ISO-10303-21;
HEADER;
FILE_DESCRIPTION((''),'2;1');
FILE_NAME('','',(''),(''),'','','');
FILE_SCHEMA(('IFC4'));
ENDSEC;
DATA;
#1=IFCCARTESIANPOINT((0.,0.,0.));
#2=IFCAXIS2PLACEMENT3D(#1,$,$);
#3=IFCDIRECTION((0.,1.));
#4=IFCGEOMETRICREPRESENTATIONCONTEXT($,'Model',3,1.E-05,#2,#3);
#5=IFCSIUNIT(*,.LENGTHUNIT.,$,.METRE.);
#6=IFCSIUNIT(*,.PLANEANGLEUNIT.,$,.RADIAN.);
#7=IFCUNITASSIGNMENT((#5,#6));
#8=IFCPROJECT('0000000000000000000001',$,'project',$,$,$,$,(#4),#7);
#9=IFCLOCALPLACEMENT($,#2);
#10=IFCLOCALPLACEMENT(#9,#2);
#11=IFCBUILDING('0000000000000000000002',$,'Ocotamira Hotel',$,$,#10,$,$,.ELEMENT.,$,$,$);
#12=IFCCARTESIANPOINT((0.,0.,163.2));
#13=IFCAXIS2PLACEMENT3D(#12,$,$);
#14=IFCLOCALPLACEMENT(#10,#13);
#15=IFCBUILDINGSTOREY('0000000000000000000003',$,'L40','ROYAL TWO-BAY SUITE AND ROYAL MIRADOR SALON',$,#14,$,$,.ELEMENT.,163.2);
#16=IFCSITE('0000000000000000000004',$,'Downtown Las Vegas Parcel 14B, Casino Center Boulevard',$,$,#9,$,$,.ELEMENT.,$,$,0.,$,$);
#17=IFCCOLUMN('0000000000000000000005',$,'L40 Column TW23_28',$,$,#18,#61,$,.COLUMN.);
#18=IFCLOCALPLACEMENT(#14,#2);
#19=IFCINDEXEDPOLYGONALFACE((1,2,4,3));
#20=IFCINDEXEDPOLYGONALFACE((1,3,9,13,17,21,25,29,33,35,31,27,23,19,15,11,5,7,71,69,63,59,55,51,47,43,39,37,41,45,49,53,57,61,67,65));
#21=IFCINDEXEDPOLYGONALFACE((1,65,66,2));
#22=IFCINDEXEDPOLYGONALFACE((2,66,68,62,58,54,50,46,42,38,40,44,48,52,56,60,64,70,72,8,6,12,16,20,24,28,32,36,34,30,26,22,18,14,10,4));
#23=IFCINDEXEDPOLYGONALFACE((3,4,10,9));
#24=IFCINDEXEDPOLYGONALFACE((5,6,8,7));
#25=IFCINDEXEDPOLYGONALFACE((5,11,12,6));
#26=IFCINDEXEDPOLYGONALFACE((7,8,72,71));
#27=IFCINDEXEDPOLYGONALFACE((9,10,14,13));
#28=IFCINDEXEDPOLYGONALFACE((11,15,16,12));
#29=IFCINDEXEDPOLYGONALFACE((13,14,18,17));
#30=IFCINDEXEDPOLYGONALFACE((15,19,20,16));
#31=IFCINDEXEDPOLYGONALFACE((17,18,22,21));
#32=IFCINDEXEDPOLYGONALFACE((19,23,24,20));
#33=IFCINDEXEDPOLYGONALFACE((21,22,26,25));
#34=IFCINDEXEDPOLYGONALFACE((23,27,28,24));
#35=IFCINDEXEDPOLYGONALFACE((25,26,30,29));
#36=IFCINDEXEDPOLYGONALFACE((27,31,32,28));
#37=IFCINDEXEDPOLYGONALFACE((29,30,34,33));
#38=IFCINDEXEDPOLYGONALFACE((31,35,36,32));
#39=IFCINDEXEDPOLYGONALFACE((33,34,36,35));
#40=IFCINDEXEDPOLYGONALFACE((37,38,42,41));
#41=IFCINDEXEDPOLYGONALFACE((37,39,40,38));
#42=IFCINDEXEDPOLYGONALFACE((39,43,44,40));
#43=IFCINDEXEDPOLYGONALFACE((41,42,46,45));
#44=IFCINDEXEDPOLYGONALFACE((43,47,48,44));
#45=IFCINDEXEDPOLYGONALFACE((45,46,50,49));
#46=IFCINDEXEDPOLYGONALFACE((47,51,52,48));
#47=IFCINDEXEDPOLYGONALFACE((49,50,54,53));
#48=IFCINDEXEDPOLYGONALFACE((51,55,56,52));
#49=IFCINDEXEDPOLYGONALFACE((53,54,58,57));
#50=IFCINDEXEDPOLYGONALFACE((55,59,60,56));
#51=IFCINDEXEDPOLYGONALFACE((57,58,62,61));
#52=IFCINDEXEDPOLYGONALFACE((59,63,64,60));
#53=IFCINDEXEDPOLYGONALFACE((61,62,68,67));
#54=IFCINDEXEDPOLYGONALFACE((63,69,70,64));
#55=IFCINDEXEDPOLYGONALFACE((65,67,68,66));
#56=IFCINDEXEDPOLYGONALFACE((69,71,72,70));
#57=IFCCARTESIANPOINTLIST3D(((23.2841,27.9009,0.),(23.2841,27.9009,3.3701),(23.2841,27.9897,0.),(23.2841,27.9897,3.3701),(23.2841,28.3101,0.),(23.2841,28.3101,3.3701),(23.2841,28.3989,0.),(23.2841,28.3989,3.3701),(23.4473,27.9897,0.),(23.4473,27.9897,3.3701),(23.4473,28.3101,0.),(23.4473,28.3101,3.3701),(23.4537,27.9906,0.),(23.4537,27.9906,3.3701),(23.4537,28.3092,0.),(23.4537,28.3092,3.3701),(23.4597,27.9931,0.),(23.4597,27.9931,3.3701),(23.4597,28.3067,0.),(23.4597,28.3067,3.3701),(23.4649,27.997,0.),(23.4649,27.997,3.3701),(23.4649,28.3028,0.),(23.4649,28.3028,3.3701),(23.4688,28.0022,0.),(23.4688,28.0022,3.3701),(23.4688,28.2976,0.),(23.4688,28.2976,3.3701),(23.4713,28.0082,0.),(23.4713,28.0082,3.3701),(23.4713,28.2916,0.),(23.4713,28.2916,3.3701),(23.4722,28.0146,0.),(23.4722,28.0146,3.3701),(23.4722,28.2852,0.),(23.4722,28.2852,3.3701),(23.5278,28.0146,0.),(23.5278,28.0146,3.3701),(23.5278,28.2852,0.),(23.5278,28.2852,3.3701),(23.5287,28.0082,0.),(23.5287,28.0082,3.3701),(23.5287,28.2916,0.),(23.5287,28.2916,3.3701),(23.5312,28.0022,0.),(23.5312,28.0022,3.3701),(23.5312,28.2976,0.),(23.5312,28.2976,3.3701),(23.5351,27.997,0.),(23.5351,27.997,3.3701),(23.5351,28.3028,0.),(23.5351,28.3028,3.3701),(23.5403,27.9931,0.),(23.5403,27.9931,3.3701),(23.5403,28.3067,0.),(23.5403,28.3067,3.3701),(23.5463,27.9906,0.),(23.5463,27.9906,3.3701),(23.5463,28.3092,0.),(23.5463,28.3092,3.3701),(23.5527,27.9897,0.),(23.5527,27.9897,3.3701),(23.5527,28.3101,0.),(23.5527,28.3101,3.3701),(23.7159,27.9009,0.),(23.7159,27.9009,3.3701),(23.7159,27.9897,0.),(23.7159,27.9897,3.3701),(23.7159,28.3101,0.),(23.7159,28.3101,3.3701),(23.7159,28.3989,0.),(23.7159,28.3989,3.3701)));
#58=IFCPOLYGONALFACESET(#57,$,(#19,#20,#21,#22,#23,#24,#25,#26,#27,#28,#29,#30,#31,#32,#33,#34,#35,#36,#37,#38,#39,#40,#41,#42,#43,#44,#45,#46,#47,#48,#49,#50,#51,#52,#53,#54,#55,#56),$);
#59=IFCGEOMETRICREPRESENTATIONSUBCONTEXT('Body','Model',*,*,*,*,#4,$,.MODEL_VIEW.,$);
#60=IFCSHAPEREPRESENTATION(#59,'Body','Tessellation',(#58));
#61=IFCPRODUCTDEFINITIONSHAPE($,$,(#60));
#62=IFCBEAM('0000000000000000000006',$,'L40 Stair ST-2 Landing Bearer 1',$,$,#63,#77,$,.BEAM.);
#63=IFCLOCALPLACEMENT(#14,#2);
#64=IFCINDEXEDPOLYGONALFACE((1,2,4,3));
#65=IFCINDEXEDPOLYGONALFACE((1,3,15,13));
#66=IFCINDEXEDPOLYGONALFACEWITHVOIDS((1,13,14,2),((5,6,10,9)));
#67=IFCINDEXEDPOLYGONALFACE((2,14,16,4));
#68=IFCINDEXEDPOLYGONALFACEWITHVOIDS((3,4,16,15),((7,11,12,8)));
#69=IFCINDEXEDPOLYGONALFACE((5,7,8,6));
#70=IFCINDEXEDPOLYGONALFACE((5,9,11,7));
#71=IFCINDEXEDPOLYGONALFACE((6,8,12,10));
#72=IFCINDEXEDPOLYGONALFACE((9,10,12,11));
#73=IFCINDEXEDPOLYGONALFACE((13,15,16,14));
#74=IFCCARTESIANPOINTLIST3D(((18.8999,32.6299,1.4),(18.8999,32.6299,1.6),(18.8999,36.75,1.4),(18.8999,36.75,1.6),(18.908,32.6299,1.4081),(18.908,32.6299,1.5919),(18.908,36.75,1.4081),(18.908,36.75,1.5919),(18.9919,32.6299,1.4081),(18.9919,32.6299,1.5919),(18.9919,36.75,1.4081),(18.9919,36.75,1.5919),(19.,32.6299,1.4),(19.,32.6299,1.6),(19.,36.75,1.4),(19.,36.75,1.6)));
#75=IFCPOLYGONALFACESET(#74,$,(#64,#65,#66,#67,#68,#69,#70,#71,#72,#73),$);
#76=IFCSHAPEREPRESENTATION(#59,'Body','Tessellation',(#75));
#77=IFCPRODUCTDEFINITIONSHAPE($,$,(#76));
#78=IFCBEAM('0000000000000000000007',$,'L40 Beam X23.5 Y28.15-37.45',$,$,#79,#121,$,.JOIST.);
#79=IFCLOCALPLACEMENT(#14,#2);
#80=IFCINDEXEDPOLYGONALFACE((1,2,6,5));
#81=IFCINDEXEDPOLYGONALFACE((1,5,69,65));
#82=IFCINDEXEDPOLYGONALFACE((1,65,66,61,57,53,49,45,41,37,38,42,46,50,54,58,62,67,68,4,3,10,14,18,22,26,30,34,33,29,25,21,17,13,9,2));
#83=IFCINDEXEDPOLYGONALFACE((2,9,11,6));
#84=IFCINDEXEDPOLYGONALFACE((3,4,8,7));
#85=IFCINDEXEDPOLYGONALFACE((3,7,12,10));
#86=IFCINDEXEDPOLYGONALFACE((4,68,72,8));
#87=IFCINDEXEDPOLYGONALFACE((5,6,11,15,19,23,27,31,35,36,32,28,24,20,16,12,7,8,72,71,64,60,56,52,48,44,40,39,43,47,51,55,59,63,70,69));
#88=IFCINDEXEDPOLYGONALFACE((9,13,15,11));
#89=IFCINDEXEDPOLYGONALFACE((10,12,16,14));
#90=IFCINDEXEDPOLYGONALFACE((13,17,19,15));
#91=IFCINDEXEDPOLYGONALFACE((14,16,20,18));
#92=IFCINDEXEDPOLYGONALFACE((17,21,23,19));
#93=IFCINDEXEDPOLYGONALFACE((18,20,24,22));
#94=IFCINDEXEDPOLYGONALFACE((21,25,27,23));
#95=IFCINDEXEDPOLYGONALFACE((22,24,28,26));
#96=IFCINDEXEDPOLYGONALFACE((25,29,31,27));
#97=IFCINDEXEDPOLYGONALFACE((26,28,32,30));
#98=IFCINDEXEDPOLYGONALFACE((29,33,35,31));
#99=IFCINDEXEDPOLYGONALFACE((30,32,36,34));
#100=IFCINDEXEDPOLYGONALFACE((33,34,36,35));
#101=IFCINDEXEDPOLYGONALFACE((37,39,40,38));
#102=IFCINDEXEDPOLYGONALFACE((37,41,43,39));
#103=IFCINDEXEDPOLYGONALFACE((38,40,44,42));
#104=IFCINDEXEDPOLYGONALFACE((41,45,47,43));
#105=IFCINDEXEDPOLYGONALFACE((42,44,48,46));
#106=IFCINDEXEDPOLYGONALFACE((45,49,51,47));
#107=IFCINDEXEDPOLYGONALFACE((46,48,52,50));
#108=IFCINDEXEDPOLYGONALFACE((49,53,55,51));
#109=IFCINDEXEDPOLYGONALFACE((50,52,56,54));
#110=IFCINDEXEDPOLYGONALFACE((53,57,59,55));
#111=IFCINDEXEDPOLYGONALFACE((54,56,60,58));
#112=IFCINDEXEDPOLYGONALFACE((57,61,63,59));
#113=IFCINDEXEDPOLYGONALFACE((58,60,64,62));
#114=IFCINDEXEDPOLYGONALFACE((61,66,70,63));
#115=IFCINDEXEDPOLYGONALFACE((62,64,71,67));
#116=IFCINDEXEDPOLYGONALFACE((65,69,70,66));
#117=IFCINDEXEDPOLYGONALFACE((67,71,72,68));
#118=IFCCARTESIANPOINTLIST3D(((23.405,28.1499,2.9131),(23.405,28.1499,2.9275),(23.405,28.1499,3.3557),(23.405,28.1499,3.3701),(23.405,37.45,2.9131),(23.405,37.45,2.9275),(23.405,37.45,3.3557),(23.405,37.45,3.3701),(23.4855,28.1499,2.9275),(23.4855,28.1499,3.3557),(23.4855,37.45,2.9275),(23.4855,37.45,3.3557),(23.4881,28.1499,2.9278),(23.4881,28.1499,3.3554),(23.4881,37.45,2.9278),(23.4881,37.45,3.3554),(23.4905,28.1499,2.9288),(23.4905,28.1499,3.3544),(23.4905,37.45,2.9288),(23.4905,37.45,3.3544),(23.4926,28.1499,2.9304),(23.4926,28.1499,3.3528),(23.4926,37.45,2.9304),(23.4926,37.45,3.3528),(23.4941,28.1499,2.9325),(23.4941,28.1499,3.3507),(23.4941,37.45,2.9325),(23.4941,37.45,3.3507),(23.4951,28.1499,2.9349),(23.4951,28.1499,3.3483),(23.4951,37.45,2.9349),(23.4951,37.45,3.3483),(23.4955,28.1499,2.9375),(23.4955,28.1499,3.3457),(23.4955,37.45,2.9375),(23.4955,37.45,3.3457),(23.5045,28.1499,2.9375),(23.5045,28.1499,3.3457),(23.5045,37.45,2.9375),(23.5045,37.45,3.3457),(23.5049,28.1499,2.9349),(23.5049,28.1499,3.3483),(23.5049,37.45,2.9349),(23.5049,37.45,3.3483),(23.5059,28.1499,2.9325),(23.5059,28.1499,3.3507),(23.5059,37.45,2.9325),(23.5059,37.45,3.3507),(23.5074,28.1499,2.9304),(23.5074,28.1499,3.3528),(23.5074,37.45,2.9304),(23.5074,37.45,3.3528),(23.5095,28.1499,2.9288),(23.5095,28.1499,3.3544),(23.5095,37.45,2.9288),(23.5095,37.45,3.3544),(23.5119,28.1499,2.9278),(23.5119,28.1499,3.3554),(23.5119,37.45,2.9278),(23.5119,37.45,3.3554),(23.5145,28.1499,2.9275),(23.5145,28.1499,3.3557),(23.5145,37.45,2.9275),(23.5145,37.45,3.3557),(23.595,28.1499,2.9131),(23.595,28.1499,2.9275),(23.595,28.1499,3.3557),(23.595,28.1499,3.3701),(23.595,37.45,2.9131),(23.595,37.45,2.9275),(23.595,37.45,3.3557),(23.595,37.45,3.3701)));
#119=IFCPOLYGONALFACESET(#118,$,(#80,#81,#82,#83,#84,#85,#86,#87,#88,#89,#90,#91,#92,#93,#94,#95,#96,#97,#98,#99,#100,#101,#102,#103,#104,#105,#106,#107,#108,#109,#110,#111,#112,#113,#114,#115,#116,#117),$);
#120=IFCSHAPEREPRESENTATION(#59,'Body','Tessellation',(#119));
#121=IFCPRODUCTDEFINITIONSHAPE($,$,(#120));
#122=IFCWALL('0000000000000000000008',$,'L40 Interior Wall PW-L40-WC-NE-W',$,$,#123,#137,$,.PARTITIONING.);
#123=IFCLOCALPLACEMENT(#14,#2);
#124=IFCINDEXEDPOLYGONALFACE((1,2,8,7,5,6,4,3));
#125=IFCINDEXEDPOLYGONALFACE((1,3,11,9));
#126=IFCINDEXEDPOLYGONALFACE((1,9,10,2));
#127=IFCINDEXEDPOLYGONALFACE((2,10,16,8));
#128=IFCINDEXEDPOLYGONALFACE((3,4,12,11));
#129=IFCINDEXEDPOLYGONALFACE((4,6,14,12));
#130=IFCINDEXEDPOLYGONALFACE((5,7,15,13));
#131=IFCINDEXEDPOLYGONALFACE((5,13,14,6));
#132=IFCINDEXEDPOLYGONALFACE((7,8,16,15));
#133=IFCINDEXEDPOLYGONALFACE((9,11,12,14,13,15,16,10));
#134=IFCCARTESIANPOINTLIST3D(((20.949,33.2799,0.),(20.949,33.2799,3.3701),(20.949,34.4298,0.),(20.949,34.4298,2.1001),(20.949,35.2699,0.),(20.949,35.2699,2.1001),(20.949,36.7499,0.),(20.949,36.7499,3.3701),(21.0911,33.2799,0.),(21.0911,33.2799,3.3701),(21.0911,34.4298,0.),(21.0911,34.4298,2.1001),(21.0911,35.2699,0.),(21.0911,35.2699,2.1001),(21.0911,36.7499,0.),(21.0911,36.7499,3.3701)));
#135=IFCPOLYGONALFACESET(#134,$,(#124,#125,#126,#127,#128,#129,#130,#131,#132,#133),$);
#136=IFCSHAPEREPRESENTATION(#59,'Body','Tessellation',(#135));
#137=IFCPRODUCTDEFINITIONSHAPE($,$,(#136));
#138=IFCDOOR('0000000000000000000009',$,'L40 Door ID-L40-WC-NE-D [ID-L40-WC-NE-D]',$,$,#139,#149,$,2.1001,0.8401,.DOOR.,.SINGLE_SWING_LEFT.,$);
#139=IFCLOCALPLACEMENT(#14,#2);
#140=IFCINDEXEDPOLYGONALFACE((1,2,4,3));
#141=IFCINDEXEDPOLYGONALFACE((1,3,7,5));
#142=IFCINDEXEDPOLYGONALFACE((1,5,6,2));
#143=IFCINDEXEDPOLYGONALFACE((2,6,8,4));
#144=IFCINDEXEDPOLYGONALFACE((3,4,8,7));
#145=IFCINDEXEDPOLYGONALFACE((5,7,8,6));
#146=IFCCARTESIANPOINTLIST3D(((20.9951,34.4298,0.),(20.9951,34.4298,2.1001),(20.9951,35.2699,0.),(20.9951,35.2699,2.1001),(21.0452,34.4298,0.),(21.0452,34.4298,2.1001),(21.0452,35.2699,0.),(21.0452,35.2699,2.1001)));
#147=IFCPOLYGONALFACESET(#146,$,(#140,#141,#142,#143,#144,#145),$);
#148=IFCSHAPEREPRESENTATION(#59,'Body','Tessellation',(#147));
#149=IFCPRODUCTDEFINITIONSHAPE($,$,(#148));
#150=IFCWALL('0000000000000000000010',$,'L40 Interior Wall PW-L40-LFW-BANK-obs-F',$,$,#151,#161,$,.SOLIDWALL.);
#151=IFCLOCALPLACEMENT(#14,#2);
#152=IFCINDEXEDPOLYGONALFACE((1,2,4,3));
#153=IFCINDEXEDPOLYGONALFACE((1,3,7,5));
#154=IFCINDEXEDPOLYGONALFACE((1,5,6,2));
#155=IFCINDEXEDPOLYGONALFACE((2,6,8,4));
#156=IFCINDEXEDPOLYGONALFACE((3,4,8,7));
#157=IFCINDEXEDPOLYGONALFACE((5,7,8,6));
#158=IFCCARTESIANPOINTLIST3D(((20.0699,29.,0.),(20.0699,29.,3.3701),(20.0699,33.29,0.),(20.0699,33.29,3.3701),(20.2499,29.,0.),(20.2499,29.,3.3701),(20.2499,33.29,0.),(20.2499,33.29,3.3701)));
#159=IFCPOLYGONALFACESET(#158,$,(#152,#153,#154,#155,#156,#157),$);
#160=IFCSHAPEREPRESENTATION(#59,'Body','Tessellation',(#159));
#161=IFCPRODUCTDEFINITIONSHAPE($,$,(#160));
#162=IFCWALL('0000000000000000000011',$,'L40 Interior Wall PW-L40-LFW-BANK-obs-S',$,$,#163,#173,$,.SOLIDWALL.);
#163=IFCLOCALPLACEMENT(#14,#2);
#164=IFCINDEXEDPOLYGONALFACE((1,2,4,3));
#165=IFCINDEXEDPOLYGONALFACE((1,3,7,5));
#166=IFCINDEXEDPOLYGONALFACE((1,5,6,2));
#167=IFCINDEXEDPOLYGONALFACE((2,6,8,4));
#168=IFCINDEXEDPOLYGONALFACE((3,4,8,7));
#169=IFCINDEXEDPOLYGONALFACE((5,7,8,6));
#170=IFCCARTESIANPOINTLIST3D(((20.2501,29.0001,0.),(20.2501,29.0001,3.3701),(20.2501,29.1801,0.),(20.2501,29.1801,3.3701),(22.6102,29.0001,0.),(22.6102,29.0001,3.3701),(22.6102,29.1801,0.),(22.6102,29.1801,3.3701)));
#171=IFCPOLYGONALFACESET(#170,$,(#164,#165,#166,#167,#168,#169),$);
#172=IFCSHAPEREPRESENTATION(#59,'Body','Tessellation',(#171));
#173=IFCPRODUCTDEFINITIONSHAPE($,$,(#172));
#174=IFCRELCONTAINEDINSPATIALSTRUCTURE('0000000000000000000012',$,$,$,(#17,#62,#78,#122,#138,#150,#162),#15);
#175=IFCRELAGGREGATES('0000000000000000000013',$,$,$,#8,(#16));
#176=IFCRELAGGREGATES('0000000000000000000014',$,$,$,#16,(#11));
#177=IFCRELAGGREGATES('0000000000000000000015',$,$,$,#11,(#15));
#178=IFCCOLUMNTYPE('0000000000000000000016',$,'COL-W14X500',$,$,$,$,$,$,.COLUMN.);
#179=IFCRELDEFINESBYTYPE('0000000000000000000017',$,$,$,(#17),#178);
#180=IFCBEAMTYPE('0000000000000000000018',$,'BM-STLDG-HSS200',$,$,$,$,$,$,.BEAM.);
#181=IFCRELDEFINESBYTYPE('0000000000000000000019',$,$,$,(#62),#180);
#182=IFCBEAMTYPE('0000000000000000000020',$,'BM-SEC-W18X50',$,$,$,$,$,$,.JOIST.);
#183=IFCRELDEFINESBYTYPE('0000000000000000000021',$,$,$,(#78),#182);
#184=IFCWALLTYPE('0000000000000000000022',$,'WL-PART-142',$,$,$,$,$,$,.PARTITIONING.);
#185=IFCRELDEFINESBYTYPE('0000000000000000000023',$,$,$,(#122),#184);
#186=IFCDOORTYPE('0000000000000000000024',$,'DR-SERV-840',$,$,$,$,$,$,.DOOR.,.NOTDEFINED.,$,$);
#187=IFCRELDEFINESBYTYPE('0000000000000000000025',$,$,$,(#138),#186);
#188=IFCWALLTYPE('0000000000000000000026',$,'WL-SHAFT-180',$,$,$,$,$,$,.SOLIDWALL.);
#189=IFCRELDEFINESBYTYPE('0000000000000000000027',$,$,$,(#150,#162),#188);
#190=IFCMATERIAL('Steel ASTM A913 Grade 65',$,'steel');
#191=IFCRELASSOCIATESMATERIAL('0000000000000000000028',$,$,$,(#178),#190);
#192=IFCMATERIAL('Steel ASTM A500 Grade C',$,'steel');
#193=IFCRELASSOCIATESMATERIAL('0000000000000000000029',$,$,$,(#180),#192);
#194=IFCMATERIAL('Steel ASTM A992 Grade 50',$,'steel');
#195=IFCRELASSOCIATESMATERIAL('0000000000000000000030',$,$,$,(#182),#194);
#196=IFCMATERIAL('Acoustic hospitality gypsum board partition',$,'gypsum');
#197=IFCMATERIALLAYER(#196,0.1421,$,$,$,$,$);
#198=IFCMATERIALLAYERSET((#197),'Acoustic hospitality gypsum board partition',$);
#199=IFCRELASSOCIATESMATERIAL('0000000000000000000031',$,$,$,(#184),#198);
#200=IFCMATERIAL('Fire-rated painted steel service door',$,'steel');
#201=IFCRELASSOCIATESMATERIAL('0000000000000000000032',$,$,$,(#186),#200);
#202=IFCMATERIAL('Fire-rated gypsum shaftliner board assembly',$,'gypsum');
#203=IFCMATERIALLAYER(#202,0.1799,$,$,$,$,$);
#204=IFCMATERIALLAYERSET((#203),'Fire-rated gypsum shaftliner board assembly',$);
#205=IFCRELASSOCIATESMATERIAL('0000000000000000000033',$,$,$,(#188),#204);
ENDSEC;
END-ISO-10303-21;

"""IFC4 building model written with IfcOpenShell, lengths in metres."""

from ifc_helpers import new_model, si_unit, direction, frame, frame_2d, origin, origin_2d, place, context, subcontext, project, spatial, rectangle, hollow_rectangle, i_section, extrude, source, transform, mapped, material, layer, layer_set, material_profile, profile_set, type_object, element, fill, save


model = new_model("IFC4")

# Units and contexts
model_context = context("Model", 3, precision=1e-05, world=origin(), true_north=direction((0.0, 1.0)))
body_context = subcontext(model_context, "Body", "Model", "MODEL_VIEW")
ifc_project = project(units=[si_unit("LENGTHUNIT", "METRE"), si_unit("PLANEANGLEUNIT", "RADIAN")], contexts=[model_context])

# Site, building, storey
site_placement = place(None, origin())
site = spatial("IfcSite", under=ifc_project, at=site_placement, Name="Downtown Las Vegas Parcel 14B, Casino Center Boulevard", CompositionType="ELEMENT", RefElevation=0.0)
building_placement = place(site_placement, origin())
building = spatial("IfcBuilding", under=site, at=building_placement, Name="Ocotamira Hotel", CompositionType="ELEMENT")
storey_placement = place(building_placement, frame((0.0, 0.0, 163.2)))
storey = spatial("IfcBuildingStorey", under=building, at=storey_placement, Name="L40", Description="ROYAL TWO-BAY SUITE AND ROYAL MIRADOR SALON", CompositionType="ELEMENT", Elevation=163.2)

# Column
ifc_material_1 = material(Name="Steel ASTM A913 Grade 65", Category="steel")
ifc_material_profile_1 = material_profile(ifc_material_1, i_section(OverallWidth=0.4319, OverallDepth=0.498, WebThickness=0.0557, FlangeThickness=0.0889, FilletRadius=0.0249, at=origin_2d()), Name="W14X500")
ifc_profile_set_1 = profile_set([ifc_material_profile_1], Name="Steel ASTM A913 Grade 65")
column_type = type_object("IfcColumnType", Name="COL-W14X500", PredefinedType="COLUMN", material=ifc_profile_set_1)
shared_shape_1 = source(origin(), body_context, "Body", "SweptSolid", [
    extrude(i_section(OverallWidth=0.4319, OverallDepth=0.498, WebThickness=0.0557, FlangeThickness=0.0889, FilletRadius=0.0249, at=origin_2d()), origin(), (0.0, 0.0, 1.0), 3.3701),
])
column_placement = place(storey_placement, frame((23.5, 28.1499, 0.0), z_axis=(0.0, 0.0, 1.0), x_axis=(1.0, 0.0, 0.0)))
element("IfcColumn", 1, at=column_placement, inside=storey, type_object=column_type, Name="L40 Column TW23_28", PredefinedType="COLUMN", context=body_context, shape_type="MappedRepresentation", body=[
    mapped(shared_shape_1, transform((0.0, 0.0, 0.0), scale=1.0)),
])

# Beams
ifc_material_2 = material(Name="Steel ASTM A500 Grade C", Category="steel")
ifc_material_profile_2 = material_profile(ifc_material_2, hollow_rectangle(XDim=0.1001, YDim=0.2, WallThickness=0.0081, at=origin_2d()), Name="HSS200X100X8")
ifc_profile_set_2 = profile_set([ifc_material_profile_2], Name="Steel ASTM A500 Grade C")
beam_type_1 = type_object("IfcBeamType", Name="BM-STLDG-HSS200", PredefinedType="BEAM", material=ifc_profile_set_2)
shared_shape_2 = source(origin(), body_context, "Body", "SweptSolid", [
    extrude(hollow_rectangle(XDim=0.1001, YDim=0.2, WallThickness=0.0081, at=origin_2d()), origin(), (0.0, 0.0, 1.0), 4.1201),
])
beam_1_placement = place(storey_placement, frame((18.95, 32.6299, 1.5), z_axis=(0.0, 1.0, 0.0), x_axis=(-1.0, 0.0, 0.0)))
element("IfcBeam", 2, at=beam_1_placement, inside=storey, type_object=beam_type_1, Name="L40 Stair ST-2 Landing Bearer 1", PredefinedType="BEAM", context=body_context, shape_type="MappedRepresentation", body=[
    mapped(shared_shape_2, transform((0.0, 0.0, 0.0), scale=1.0)),
])
ifc_material_3 = material(Name="Steel ASTM A992 Grade 50", Category="steel")
ifc_material_profile_3 = material_profile(ifc_material_3, i_section(OverallWidth=0.1899, OverallDepth=0.457, WebThickness=0.009, FlangeThickness=0.0144, FilletRadius=0.01, at=origin_2d()), Name="W18X50")
ifc_profile_set_3 = profile_set([ifc_material_profile_3], Name="Steel ASTM A992 Grade 50")
beam_type_2 = type_object("IfcBeamType", Name="BM-SEC-W18X50", PredefinedType="JOIST", material=ifc_profile_set_3)
shared_shape_3 = source(origin(), body_context, "Body", "SweptSolid", [
    extrude(i_section(OverallWidth=0.1899, OverallDepth=0.457, WebThickness=0.009, FlangeThickness=0.0144, FilletRadius=0.01, at=origin_2d()), origin(), (0.0, 0.0, 1.0), 9.3),
])
beam_2_placement = place(storey_placement, frame((23.5, 28.1499, 3.1416), z_axis=(0.0, 1.0, 0.0), x_axis=(-1.0, 0.0, 0.0)))
element("IfcBeam", 3, at=beam_2_placement, inside=storey, type_object=beam_type_2, Name="L40 Beam X23.5 Y28.15-37.45", PredefinedType="JOIST", context=body_context, shape_type="MappedRepresentation", body=[
    mapped(shared_shape_3, transform((0.0, 0.0, 0.0), scale=1.0)),
])

# Wall, opening, door
ifc_material_4 = material(Name="Acoustic hospitality gypsum board partition", Category="gypsum")
ifc_layer_1 = layer(ifc_material_4, 0.1421)
ifc_layer_set_1 = layer_set([ifc_layer_1], Name="Acoustic hospitality gypsum board partition")
wall_type_1 = type_object("IfcWallType", Name="WL-PART-142", PredefinedType="PARTITIONING", material=ifc_layer_set_1)
wall_1_placement = place(storey_placement, frame((21.02, 33.28, 0.0), z_axis=(0.0, 0.0, 1.0), x_axis=(0.0, 1.0, 0.0)))
wall_1 = element("IfcWall", 4, at=wall_1_placement, inside=storey, type_object=wall_type_1, Name="L40 Interior Wall PW-L40-WC-NE-W", PredefinedType="PARTITIONING", context=body_context, shape_type="SweptSolid", body=[
    extrude(rectangle(XDim=3.47, YDim=0.1421, at=frame_2d((1.7349, 0.0))), origin(), (0.0, 0.0, 1.0), 3.3701),
])
opening_1_placement = place(wall_1_placement, frame((1.1499, 0.0, 0.0)))
opening_1 = element("IfcOpeningElement", 5, at=opening_1_placement, cuts=wall_1, PredefinedType="OPENING", context=body_context, shape_type="SweptSolid", body=[
    extrude(rectangle(XDim=0.8401, YDim=2.1001, at=frame_2d((0.4199, 1.05))), frame((0.0, 0.0811, 0.0), z_axis=(0.0, -1.0, 0.0), x_axis=(1.0, 0.0, 0.0)), (0.0, 0.0, 1.0), 0.1621),
])
ifc_material_5 = material(Name="Fire-rated painted steel service door", Category="steel")
door_type_1 = type_object("IfcDoorType", Name="DR-SERV-840", OperationType="NOTDEFINED", PredefinedType="DOOR", material=ifc_material_5)
shared_shape_4 = source(origin(), body_context, "Body", "SweptSolid", [
    extrude(rectangle(XDim=0.8401, YDim=2.1001, at=frame_2d((0.4199, 1.05))), frame((0.0, 0.0249, 0.0), z_axis=(0.0, -1.0, 0.0), x_axis=(1.0, 0.0, 0.0)), (0.0, 0.0, 1.0), 0.05),
])
door_1_placement = place(opening_1_placement, origin())
door_1 = element("IfcDoor", 6, at=door_1_placement, inside=storey, type_object=door_type_1, Name="L40 Door ID-L40-WC-NE-D [ID-L40-WC-NE-D]", OperationType="SINGLE_SWING_LEFT", OverallHeight=2.1001, OverallWidth=0.8401, PredefinedType="DOOR", context=body_context, shape_type="MappedRepresentation", body=[
    mapped(shared_shape_4, transform((0.0, 0.0, 0.0), scale=1.0)),
])
fill(opening_1, door_1)

# Walls
ifc_material_6 = material(Name="Fire-rated gypsum shaftliner board assembly", Category="gypsum")
ifc_layer_2 = layer(ifc_material_6, 0.1799)
ifc_layer_set_2 = layer_set([ifc_layer_2], Name="Fire-rated gypsum shaftliner board assembly")
wall_type_2 = type_object("IfcWallType", Name="WL-SHAFT-180", PredefinedType="SOLIDWALL", material=ifc_layer_set_2)
wall_2_placement = place(storey_placement, frame((20.1599, 29.0, 0.0), z_axis=(0.0, 0.0, 1.0), x_axis=(0.0, 1.0, 0.0)))
element("IfcWall", 7, at=wall_2_placement, inside=storey, type_object=wall_type_2, Name="L40 Interior Wall PW-L40-LFW-BANK-obs-F", PredefinedType="SOLIDWALL", context=body_context, shape_type="SweptSolid", body=[
    extrude(rectangle(XDim=4.29, YDim=0.1799, at=frame_2d((2.145, 0.0))), origin(), (0.0, 0.0, 1.0), 3.3701),
])
wall_3_placement = place(storey_placement, frame((20.25, 29.0901, 0.0), z_axis=(0.0, 0.0, 1.0), x_axis=(1.0, 0.0, 0.0)))
element("IfcWall", 8, at=wall_3_placement, inside=storey, type_object=wall_type_2, Name="L40 Interior Wall PW-L40-LFW-BANK-obs-S", PredefinedType="SOLIDWALL", context=body_context, shape_type="SweptSolid", body=[
    extrude(rectangle(XDim=2.3601, YDim=0.1799, at=frame_2d((1.1802, 0.0))), origin(), (0.0, 0.0, 1.0), 3.3701),
])

save(model, "model.ifc")
